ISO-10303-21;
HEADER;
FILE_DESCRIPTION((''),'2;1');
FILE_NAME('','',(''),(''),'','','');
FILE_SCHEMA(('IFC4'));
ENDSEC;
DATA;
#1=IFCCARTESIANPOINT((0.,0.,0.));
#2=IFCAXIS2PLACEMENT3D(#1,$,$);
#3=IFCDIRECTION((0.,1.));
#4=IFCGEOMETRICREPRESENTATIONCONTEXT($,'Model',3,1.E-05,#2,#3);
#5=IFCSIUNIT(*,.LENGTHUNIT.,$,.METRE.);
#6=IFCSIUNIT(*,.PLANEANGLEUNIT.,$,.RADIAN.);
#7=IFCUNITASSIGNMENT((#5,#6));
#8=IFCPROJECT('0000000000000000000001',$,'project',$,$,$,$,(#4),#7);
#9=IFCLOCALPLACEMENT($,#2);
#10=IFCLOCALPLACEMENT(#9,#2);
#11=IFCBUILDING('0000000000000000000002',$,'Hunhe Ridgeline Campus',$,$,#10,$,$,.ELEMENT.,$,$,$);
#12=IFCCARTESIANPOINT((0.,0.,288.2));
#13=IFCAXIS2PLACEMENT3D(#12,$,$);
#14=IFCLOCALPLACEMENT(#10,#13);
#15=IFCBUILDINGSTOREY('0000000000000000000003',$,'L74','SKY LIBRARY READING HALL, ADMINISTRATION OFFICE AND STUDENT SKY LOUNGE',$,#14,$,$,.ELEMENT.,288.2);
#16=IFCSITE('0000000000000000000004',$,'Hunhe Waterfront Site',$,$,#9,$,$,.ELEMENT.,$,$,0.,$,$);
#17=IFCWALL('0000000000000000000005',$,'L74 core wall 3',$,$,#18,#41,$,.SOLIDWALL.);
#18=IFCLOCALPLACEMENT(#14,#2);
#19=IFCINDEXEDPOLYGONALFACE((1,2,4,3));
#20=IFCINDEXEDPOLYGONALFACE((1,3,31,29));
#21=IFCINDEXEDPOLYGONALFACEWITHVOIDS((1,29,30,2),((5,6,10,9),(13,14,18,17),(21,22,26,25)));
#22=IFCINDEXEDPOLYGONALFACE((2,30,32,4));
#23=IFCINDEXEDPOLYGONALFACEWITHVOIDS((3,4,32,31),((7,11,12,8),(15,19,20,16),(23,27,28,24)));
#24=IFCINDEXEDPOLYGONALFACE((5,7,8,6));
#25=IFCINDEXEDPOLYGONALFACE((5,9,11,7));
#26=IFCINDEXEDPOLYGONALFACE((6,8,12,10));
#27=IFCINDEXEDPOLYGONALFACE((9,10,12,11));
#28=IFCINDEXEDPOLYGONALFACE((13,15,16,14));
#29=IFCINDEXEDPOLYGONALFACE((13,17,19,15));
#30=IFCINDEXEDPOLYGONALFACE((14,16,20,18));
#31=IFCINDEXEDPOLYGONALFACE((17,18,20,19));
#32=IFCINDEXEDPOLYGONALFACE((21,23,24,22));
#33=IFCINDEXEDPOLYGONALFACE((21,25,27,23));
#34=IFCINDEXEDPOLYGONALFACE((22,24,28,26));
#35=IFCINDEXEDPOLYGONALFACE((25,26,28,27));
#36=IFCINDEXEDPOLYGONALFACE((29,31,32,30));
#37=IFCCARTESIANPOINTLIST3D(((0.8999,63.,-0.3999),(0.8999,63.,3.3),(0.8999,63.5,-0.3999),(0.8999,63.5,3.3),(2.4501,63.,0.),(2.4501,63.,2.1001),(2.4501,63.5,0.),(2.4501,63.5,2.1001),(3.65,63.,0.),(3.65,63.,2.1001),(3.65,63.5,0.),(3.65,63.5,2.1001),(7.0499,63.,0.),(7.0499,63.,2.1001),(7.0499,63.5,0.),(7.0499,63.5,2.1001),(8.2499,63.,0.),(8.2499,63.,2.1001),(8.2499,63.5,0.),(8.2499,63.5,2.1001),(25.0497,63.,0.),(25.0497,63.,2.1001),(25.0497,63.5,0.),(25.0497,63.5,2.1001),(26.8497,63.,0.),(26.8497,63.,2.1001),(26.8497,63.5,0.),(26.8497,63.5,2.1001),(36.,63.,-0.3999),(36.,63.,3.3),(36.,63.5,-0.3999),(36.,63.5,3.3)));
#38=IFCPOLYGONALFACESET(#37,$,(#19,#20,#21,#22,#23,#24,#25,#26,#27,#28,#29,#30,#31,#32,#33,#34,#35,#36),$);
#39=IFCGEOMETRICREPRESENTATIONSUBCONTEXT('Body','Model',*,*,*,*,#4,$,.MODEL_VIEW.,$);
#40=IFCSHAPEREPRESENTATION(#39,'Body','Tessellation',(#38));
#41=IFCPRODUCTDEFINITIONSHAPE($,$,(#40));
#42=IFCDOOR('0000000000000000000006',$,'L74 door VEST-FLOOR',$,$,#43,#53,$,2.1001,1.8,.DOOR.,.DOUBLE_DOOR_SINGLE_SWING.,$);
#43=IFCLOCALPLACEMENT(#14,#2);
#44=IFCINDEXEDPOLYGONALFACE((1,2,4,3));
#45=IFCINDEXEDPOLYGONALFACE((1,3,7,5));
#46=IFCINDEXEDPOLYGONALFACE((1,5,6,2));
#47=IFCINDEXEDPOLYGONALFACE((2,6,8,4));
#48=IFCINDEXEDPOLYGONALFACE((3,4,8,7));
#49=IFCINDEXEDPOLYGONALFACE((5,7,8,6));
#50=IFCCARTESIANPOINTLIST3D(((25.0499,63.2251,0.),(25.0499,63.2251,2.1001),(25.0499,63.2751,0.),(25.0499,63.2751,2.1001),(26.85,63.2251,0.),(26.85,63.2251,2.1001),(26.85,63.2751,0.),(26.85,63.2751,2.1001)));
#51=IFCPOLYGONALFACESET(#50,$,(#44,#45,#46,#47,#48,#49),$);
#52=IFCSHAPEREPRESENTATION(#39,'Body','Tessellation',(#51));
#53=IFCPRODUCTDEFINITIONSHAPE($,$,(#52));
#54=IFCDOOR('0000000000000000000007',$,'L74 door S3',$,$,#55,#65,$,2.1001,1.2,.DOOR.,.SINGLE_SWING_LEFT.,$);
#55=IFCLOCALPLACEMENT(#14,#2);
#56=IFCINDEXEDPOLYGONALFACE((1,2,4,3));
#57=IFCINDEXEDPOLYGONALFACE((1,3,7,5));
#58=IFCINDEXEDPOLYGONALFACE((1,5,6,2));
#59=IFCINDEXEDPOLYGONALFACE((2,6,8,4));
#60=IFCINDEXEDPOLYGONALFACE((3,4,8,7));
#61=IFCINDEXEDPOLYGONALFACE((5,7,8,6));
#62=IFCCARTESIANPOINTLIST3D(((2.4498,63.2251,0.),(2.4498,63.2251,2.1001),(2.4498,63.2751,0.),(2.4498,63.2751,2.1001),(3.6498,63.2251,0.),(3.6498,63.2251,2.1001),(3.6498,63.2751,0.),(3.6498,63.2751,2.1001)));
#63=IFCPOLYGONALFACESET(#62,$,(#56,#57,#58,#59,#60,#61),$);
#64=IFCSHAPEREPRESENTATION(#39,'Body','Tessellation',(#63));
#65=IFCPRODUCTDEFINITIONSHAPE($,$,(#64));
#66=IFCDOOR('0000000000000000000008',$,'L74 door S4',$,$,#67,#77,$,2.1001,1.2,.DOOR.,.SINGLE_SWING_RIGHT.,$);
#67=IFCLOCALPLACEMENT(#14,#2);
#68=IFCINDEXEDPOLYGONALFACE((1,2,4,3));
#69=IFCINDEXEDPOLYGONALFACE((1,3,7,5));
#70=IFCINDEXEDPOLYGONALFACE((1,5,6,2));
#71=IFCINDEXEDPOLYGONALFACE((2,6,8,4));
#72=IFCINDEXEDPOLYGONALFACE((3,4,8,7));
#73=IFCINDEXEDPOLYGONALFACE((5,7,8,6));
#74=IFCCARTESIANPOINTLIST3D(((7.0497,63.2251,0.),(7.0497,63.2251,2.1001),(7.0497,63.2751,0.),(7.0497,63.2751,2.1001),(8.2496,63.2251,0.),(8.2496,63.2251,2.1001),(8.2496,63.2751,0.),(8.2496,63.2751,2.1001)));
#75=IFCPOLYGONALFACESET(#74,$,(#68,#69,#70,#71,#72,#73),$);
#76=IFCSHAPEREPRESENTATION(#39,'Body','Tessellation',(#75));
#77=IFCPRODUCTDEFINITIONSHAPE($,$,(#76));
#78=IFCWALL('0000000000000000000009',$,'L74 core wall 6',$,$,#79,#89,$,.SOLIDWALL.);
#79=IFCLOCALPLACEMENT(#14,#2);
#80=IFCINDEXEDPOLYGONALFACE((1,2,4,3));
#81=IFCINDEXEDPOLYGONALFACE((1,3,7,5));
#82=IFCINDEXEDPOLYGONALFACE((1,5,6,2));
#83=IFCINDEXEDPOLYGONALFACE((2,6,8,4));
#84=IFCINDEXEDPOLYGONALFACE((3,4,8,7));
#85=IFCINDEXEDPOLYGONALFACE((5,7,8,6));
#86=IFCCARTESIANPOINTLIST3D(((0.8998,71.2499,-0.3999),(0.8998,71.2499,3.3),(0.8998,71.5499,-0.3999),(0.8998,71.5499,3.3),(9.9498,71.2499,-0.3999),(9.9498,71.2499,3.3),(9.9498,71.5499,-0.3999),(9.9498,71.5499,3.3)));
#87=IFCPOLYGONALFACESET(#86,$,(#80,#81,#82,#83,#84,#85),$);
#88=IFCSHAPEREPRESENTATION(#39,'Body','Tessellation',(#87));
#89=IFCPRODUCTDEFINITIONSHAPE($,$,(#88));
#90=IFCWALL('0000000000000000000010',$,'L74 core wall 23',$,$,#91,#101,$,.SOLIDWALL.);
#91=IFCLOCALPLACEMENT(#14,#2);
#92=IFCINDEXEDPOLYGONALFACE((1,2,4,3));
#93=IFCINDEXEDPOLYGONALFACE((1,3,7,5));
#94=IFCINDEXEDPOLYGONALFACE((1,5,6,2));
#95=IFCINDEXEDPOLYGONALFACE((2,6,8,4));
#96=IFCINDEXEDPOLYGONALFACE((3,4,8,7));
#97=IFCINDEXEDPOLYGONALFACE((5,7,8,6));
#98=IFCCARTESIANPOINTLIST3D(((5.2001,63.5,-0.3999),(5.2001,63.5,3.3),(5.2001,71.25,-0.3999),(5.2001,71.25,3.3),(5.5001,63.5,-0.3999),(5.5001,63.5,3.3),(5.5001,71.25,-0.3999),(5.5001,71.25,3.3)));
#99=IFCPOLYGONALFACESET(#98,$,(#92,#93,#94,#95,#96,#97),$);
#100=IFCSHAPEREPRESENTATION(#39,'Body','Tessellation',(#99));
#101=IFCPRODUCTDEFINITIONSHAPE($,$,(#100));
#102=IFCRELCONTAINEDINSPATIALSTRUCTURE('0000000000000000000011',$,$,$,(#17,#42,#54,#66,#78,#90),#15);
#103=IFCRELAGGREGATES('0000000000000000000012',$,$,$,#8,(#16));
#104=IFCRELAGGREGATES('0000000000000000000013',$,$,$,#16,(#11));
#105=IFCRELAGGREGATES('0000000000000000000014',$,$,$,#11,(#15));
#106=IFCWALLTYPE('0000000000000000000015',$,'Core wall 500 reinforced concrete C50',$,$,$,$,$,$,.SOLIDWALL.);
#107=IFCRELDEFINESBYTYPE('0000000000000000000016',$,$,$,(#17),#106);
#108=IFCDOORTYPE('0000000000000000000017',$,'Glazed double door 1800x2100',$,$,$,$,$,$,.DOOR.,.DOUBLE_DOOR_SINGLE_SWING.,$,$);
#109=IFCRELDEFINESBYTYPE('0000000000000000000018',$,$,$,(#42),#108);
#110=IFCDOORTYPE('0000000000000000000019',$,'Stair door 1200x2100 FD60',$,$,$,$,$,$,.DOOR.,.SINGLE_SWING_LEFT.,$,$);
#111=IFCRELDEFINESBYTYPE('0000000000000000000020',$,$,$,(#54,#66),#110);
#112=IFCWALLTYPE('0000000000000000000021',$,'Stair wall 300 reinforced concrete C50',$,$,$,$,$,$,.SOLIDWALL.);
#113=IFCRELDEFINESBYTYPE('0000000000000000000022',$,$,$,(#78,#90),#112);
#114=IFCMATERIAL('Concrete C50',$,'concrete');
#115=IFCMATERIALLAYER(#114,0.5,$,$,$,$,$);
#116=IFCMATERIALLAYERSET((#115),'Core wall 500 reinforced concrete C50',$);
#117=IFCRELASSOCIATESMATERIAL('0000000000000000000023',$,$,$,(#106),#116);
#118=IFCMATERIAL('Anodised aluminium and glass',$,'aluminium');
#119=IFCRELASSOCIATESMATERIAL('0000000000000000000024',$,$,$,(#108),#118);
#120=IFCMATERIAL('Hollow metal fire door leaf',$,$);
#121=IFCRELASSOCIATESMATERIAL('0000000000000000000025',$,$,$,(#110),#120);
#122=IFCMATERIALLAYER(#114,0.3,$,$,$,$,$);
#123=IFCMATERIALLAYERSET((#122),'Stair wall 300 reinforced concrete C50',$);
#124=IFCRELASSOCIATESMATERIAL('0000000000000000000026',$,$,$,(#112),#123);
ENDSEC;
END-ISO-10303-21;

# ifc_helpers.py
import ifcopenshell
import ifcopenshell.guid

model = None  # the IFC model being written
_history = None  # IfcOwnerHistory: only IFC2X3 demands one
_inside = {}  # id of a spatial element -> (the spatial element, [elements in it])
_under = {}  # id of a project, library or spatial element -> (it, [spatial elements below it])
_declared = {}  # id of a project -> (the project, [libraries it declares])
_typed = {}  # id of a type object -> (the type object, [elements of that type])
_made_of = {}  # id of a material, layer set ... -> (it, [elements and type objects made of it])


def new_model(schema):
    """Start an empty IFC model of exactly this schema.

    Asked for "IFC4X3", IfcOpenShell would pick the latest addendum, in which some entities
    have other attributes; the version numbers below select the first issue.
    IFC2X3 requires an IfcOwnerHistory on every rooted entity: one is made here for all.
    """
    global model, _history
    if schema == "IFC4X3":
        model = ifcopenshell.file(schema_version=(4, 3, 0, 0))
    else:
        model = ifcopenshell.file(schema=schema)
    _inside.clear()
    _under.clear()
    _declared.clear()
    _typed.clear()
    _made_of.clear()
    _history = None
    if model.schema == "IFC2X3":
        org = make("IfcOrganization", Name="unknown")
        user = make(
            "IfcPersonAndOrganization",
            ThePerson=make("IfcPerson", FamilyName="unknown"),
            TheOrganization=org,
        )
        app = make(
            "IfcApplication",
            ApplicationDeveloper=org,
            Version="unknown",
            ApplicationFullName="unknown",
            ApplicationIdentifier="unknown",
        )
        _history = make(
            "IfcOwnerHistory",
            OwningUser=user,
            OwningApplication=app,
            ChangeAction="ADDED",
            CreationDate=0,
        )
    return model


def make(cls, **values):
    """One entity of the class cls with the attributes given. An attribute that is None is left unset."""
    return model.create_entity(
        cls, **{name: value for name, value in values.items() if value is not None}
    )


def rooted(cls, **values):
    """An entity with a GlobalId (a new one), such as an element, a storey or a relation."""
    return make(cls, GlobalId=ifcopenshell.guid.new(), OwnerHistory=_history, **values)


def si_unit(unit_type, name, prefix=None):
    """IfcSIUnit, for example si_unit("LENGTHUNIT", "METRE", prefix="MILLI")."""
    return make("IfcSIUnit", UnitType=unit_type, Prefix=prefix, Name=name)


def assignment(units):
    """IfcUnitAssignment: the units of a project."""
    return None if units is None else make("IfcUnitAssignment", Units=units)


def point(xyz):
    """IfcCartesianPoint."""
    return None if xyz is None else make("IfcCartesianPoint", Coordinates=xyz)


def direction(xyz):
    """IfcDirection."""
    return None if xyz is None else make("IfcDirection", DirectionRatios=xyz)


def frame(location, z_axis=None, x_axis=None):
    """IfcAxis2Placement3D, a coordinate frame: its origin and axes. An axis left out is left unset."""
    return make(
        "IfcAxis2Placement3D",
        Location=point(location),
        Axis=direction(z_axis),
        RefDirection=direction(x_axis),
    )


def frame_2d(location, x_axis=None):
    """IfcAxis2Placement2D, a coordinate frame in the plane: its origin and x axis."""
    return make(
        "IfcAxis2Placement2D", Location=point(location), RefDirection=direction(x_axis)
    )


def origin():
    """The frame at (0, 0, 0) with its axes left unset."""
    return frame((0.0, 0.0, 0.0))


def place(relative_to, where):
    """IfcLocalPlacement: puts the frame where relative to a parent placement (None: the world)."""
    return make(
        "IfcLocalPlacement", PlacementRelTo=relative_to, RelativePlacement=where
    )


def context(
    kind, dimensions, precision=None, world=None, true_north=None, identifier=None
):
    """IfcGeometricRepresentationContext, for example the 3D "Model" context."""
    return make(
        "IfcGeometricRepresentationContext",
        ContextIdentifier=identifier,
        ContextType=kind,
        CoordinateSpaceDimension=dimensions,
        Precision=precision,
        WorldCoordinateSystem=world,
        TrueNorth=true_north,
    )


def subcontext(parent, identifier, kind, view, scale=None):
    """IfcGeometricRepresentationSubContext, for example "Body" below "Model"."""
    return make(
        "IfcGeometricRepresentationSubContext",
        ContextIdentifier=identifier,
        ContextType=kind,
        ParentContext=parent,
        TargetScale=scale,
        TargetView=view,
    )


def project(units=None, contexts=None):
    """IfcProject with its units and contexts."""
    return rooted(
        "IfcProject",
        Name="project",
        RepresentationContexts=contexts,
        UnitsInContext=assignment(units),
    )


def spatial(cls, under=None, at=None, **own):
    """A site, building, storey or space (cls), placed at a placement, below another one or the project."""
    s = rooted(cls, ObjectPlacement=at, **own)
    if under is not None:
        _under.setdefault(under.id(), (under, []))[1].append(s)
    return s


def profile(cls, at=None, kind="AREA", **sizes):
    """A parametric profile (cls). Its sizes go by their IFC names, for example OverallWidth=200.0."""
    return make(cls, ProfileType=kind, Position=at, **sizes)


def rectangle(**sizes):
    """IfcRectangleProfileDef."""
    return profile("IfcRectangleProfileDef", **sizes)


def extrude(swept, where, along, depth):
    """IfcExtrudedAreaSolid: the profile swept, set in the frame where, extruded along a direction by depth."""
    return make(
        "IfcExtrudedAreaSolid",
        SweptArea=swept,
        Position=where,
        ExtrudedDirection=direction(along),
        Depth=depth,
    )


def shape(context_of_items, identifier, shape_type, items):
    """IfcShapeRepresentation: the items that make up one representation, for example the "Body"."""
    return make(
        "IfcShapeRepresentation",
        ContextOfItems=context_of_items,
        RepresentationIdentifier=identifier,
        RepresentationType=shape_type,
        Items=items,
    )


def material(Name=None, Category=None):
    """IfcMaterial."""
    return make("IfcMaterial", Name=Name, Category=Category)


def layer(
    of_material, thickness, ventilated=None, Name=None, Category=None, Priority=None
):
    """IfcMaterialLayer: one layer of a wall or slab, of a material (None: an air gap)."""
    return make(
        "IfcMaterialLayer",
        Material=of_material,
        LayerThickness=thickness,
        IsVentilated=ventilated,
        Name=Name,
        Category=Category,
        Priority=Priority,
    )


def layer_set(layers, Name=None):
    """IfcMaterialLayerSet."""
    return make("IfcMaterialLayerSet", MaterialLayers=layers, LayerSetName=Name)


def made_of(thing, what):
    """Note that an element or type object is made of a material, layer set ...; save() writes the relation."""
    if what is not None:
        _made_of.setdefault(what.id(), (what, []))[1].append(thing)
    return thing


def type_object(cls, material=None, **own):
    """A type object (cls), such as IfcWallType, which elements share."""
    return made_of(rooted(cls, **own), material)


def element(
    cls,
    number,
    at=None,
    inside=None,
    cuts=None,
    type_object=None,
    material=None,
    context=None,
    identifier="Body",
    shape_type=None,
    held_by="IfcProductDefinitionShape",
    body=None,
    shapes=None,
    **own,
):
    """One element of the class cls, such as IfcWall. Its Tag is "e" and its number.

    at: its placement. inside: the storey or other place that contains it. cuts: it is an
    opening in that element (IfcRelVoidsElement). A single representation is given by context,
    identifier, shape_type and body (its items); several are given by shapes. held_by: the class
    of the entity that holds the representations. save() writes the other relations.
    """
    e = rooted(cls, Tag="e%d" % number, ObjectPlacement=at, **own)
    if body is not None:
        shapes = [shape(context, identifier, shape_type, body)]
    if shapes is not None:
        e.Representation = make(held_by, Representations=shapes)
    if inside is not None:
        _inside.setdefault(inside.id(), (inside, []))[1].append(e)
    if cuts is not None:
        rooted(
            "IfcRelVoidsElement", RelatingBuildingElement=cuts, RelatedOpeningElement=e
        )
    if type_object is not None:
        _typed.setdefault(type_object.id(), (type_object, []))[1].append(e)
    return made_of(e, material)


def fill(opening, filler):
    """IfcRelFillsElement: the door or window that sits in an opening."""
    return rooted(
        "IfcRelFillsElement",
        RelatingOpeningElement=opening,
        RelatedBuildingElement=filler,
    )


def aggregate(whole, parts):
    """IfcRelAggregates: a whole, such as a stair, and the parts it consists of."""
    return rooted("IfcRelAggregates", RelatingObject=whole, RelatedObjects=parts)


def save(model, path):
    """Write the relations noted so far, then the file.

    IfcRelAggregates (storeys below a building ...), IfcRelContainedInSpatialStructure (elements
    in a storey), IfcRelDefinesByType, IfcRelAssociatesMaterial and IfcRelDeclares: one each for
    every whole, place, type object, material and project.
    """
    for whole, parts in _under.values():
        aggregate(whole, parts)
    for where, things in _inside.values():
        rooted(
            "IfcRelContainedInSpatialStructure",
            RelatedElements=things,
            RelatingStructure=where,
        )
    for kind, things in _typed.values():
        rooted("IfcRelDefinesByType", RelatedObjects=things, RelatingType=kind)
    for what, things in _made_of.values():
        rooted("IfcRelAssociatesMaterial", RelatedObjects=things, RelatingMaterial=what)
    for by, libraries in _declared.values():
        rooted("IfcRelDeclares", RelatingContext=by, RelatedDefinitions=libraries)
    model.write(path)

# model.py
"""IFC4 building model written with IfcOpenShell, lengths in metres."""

from ifc_helpers import new_model, si_unit, direction, frame, frame_2d, origin, place, context, subcontext, project, spatial, rectangle, extrude, material, layer, layer_set, type_object, element, fill, save


model = new_model("IFC4")

# Units and contexts
model_context = context("Model", 3, precision=1e-05, world=origin(), true_north=direction((0.0, 1.0)))
body_context = subcontext(model_context, "Body", "Model", "MODEL_VIEW")
ifc_project = project(units=[si_unit("LENGTHUNIT", "METRE"), si_unit("PLANEANGLEUNIT", "RADIAN")], contexts=[model_context])

# Site, building, storey
site_placement = place(None, origin())
site = spatial("IfcSite", under=ifc_project, at=site_placement, Name="Hunhe Waterfront Site", CompositionType="ELEMENT", RefElevation=0.0)
building_placement = place(site_placement, origin())
building = spatial("IfcBuilding", under=site, at=building_placement, Name="Hunhe Ridgeline Campus", CompositionType="ELEMENT")
storey_placement = place(building_placement, frame((0.0, 0.0, 288.2)))
storey = spatial("IfcBuildingStorey", under=building, at=storey_placement, Name="L74", Description="SKY LIBRARY READING HALL, ADMINISTRATION OFFICE AND STUDENT SKY LOUNGE", CompositionType="ELEMENT", Elevation=288.2)

# Wall, openings, doors
ifc_material_1 = material(Name="Concrete C50", Category="concrete")
ifc_layer_1 = layer(ifc_material_1, 0.5)
ifc_layer_set_1 = layer_set([ifc_layer_1], Name="Core wall 500 reinforced concrete C50")
wall_type_1 = type_object("IfcWallType", Name="Core wall 500 reinforced concrete C50", PredefinedType="SOLIDWALL", material=ifc_layer_set_1)
wall_1_placement = place(storey_placement, frame((0.8999, 63.25, -0.3999), z_axis=(0.0, 0.0, 1.0), x_axis=(1.0, 0.0, 0.0)))
wall_1 = element("IfcWall", 1, at=wall_1_placement, inside=storey, type_object=wall_type_1, Name="L74 core wall 3", PredefinedType="SOLIDWALL", context=body_context, shape_type="SweptSolid", body=[
    extrude(rectangle(XDim=35.1001, YDim=0.5, at=frame_2d((17.55, 0.0))), origin(), (0.0, 0.0, 1.0), 3.7),
])
opening_1_placement = place(wall_1_placement, frame((24.1499, 0.0, 0.3999)))
opening_1 = element("IfcOpeningElement", 2, at=opening_1_placement, cuts=wall_1, PredefinedType="OPENING", context=body_context, shape_type="SweptSolid", body=[
    extrude(rectangle(XDim=1.8, YDim=2.1001, at=frame_2d((0.8999, 1.05))), frame((0.0, 0.25, 0.0), z_axis=(0.0, -1.0, 0.0), x_axis=(1.0, 0.0, 0.0)), (0.0, 0.0, 1.0), 0.5),
])
opening_2_placement = place(wall_1_placement, frame((1.55, 0.0, 0.3999)))
opening_2 = element("IfcOpeningElement", 3, at=opening_2_placement, cuts=wall_1, PredefinedType="OPENING", context=body_context, shape_type="SweptSolid", body=[
    extrude(rectangle(XDim=1.2, YDim=2.1001, at=frame_2d((0.6001, 1.05))), frame((0.0, 0.25, 0.0), z_axis=(0.0, -1.0, 0.0), x_axis=(1.0, 0.0, 0.0)), (0.0, 0.0, 1.0), 0.5),
])
opening_3_placement = place(wall_1_placement, frame((6.1499, 0.0, 0.3999)))
opening_3 = element("IfcOpeningElement", 4, at=opening_3_placement, cuts=wall_1, PredefinedType="OPENING", context=body_context, shape_type="SweptSolid", body=[
    extrude(rectangle(XDim=1.2, YDim=2.1001, at=frame_2d((0.6001, 1.05))), frame((0.0, 0.25, 0.0), z_axis=(0.0, -1.0, 0.0), x_axis=(1.0, 0.0, 0.0)), (0.0, 0.0, 1.0), 0.5),
])
ifc_material_2 = material(Name="Anodised aluminium and glass", Category="aluminium")
door_type_1 = type_object("IfcDoorType", Name="Glazed double door 1800x2100", OperationType="DOUBLE_DOOR_SINGLE_SWING", PredefinedType="DOOR", material=ifc_material_2)
door_1_placement = place(opening_1_placement, frame((1.8, 0.0, 0.0), z_axis=(0.0, 0.0, 1.0), x_axis=(-1.0, 0.0, 0.0)))
door_1 = element("IfcDoor", 5, at=door_1_placement, inside=storey, type_object=door_type_1, Name="L74 door VEST-FLOOR", OperationType="DOUBLE_DOOR_SINGLE_SWING", OverallHeight=2.1001, OverallWidth=1.8, PredefinedType="DOOR", context=body_context, shape_type="SweptSolid", body=[
    extrude(rectangle(XDim=1.8, YDim=2.1001, at=frame_2d((0.8999, 1.05))), frame((0.0, 0.0249, 0.0), z_axis=(0.0, -1.0, 0.0), x_axis=(1.0, 0.0, 0.0)), (0.0, 0.0, 1.0), 0.05),
])
fill(opening_1, door_1)
ifc_material_3 = material(Name="Hollow metal fire door leaf")
door_type_2 = type_object("IfcDoorType", Name="Stair door 1200x2100 FD60", OperationType="SINGLE_SWING_LEFT", PredefinedType="DOOR", material=ifc_material_3)
door_2_placement = place(opening_2_placement, frame((1.2, 0.0, 0.0), z_axis=(0.0, 0.0, 1.0), x_axis=(-1.0, 0.0, 0.0)))
door_2 = element("IfcDoor", 6, at=door_2_placement, inside=storey, type_object=door_type_2, Name="L74 door S3", OperationType="SINGLE_SWING_LEFT", OverallHeight=2.1001, OverallWidth=1.2, PredefinedType="DOOR", context=body_context, shape_type="SweptSolid", body=[
    extrude(rectangle(XDim=1.2, YDim=2.1001, at=frame_2d((0.6001, 1.05))), frame((0.0, 0.0249, 0.0), z_axis=(0.0, -1.0, 0.0), x_axis=(1.0, 0.0, 0.0)), (0.0, 0.0, 1.0), 0.05),
])
fill(opening_2, door_2)
door_3_placement = place(opening_3_placement, frame((1.2, 0.0, 0.0), z_axis=(0.0, 0.0, 1.0), x_axis=(-1.0, 0.0, 0.0)))
door_3 = element("IfcDoor", 7, at=door_3_placement, inside=storey, type_object=door_type_2, Name="L74 door S4", OperationType="SINGLE_SWING_RIGHT", OverallHeight=2.1001, OverallWidth=1.2, PredefinedType="DOOR", context=body_context, shape_type="SweptSolid", body=[
    extrude(rectangle(XDim=1.2, YDim=2.1001, at=frame_2d((0.6001, 1.05))), frame((0.0, 0.0249, 0.0), z_axis=(0.0, -1.0, 0.0), x_axis=(1.0, 0.0, 0.0)), (0.0, 0.0, 1.0), 0.05),
])
fill(opening_3, door_3)

# Shared definitions
ifc_layer_2 = layer(ifc_material_1, 0.3)
ifc_layer_set_2 = layer_set([ifc_layer_2], Name="Stair wall 300 reinforced concrete C50")
wall_type_2 = type_object("IfcWallType", Name="Stair wall 300 reinforced concrete C50", PredefinedType="SOLIDWALL", material=ifc_layer_set_2)

# Walls
wall_2_placement = place(storey_placement, frame((0.8999, 71.3999, -0.3999), z_axis=(0.0, 0.0, 1.0), x_axis=(1.0, 0.0, 0.0)))
element("IfcWall", 8, at=wall_2_placement, inside=storey, type_object=wall_type_2, Name="L74 core wall 6", PredefinedType="SOLIDWALL", context=body_context, shape_type="SweptSolid", body=[
    extrude(rectangle(XDim=9.05, YDim=0.3, at=frame_2d((4.5249, 0.0))), origin(), (0.0, 0.0, 1.0), 3.7),
])
wall_3_placement = place(storey_placement, frame((5.3501, 63.5, -0.3999), z_axis=(0.0, 0.0, 1.0), x_axis=(0.0, 1.0, 0.0)))
element("IfcWall", 9, at=wall_3_placement, inside=storey, type_object=wall_type_2, Name="L74 core wall 23", PredefinedType="SOLIDWALL", context=body_context, shape_type="SweptSolid", body=[
    extrude(rectangle(XDim=7.75, YDim=0.3, at=frame_2d((3.875, 0.0))), origin(), (0.0, 0.0, 1.0), 3.7),
])

save(model, "model.ifc")
